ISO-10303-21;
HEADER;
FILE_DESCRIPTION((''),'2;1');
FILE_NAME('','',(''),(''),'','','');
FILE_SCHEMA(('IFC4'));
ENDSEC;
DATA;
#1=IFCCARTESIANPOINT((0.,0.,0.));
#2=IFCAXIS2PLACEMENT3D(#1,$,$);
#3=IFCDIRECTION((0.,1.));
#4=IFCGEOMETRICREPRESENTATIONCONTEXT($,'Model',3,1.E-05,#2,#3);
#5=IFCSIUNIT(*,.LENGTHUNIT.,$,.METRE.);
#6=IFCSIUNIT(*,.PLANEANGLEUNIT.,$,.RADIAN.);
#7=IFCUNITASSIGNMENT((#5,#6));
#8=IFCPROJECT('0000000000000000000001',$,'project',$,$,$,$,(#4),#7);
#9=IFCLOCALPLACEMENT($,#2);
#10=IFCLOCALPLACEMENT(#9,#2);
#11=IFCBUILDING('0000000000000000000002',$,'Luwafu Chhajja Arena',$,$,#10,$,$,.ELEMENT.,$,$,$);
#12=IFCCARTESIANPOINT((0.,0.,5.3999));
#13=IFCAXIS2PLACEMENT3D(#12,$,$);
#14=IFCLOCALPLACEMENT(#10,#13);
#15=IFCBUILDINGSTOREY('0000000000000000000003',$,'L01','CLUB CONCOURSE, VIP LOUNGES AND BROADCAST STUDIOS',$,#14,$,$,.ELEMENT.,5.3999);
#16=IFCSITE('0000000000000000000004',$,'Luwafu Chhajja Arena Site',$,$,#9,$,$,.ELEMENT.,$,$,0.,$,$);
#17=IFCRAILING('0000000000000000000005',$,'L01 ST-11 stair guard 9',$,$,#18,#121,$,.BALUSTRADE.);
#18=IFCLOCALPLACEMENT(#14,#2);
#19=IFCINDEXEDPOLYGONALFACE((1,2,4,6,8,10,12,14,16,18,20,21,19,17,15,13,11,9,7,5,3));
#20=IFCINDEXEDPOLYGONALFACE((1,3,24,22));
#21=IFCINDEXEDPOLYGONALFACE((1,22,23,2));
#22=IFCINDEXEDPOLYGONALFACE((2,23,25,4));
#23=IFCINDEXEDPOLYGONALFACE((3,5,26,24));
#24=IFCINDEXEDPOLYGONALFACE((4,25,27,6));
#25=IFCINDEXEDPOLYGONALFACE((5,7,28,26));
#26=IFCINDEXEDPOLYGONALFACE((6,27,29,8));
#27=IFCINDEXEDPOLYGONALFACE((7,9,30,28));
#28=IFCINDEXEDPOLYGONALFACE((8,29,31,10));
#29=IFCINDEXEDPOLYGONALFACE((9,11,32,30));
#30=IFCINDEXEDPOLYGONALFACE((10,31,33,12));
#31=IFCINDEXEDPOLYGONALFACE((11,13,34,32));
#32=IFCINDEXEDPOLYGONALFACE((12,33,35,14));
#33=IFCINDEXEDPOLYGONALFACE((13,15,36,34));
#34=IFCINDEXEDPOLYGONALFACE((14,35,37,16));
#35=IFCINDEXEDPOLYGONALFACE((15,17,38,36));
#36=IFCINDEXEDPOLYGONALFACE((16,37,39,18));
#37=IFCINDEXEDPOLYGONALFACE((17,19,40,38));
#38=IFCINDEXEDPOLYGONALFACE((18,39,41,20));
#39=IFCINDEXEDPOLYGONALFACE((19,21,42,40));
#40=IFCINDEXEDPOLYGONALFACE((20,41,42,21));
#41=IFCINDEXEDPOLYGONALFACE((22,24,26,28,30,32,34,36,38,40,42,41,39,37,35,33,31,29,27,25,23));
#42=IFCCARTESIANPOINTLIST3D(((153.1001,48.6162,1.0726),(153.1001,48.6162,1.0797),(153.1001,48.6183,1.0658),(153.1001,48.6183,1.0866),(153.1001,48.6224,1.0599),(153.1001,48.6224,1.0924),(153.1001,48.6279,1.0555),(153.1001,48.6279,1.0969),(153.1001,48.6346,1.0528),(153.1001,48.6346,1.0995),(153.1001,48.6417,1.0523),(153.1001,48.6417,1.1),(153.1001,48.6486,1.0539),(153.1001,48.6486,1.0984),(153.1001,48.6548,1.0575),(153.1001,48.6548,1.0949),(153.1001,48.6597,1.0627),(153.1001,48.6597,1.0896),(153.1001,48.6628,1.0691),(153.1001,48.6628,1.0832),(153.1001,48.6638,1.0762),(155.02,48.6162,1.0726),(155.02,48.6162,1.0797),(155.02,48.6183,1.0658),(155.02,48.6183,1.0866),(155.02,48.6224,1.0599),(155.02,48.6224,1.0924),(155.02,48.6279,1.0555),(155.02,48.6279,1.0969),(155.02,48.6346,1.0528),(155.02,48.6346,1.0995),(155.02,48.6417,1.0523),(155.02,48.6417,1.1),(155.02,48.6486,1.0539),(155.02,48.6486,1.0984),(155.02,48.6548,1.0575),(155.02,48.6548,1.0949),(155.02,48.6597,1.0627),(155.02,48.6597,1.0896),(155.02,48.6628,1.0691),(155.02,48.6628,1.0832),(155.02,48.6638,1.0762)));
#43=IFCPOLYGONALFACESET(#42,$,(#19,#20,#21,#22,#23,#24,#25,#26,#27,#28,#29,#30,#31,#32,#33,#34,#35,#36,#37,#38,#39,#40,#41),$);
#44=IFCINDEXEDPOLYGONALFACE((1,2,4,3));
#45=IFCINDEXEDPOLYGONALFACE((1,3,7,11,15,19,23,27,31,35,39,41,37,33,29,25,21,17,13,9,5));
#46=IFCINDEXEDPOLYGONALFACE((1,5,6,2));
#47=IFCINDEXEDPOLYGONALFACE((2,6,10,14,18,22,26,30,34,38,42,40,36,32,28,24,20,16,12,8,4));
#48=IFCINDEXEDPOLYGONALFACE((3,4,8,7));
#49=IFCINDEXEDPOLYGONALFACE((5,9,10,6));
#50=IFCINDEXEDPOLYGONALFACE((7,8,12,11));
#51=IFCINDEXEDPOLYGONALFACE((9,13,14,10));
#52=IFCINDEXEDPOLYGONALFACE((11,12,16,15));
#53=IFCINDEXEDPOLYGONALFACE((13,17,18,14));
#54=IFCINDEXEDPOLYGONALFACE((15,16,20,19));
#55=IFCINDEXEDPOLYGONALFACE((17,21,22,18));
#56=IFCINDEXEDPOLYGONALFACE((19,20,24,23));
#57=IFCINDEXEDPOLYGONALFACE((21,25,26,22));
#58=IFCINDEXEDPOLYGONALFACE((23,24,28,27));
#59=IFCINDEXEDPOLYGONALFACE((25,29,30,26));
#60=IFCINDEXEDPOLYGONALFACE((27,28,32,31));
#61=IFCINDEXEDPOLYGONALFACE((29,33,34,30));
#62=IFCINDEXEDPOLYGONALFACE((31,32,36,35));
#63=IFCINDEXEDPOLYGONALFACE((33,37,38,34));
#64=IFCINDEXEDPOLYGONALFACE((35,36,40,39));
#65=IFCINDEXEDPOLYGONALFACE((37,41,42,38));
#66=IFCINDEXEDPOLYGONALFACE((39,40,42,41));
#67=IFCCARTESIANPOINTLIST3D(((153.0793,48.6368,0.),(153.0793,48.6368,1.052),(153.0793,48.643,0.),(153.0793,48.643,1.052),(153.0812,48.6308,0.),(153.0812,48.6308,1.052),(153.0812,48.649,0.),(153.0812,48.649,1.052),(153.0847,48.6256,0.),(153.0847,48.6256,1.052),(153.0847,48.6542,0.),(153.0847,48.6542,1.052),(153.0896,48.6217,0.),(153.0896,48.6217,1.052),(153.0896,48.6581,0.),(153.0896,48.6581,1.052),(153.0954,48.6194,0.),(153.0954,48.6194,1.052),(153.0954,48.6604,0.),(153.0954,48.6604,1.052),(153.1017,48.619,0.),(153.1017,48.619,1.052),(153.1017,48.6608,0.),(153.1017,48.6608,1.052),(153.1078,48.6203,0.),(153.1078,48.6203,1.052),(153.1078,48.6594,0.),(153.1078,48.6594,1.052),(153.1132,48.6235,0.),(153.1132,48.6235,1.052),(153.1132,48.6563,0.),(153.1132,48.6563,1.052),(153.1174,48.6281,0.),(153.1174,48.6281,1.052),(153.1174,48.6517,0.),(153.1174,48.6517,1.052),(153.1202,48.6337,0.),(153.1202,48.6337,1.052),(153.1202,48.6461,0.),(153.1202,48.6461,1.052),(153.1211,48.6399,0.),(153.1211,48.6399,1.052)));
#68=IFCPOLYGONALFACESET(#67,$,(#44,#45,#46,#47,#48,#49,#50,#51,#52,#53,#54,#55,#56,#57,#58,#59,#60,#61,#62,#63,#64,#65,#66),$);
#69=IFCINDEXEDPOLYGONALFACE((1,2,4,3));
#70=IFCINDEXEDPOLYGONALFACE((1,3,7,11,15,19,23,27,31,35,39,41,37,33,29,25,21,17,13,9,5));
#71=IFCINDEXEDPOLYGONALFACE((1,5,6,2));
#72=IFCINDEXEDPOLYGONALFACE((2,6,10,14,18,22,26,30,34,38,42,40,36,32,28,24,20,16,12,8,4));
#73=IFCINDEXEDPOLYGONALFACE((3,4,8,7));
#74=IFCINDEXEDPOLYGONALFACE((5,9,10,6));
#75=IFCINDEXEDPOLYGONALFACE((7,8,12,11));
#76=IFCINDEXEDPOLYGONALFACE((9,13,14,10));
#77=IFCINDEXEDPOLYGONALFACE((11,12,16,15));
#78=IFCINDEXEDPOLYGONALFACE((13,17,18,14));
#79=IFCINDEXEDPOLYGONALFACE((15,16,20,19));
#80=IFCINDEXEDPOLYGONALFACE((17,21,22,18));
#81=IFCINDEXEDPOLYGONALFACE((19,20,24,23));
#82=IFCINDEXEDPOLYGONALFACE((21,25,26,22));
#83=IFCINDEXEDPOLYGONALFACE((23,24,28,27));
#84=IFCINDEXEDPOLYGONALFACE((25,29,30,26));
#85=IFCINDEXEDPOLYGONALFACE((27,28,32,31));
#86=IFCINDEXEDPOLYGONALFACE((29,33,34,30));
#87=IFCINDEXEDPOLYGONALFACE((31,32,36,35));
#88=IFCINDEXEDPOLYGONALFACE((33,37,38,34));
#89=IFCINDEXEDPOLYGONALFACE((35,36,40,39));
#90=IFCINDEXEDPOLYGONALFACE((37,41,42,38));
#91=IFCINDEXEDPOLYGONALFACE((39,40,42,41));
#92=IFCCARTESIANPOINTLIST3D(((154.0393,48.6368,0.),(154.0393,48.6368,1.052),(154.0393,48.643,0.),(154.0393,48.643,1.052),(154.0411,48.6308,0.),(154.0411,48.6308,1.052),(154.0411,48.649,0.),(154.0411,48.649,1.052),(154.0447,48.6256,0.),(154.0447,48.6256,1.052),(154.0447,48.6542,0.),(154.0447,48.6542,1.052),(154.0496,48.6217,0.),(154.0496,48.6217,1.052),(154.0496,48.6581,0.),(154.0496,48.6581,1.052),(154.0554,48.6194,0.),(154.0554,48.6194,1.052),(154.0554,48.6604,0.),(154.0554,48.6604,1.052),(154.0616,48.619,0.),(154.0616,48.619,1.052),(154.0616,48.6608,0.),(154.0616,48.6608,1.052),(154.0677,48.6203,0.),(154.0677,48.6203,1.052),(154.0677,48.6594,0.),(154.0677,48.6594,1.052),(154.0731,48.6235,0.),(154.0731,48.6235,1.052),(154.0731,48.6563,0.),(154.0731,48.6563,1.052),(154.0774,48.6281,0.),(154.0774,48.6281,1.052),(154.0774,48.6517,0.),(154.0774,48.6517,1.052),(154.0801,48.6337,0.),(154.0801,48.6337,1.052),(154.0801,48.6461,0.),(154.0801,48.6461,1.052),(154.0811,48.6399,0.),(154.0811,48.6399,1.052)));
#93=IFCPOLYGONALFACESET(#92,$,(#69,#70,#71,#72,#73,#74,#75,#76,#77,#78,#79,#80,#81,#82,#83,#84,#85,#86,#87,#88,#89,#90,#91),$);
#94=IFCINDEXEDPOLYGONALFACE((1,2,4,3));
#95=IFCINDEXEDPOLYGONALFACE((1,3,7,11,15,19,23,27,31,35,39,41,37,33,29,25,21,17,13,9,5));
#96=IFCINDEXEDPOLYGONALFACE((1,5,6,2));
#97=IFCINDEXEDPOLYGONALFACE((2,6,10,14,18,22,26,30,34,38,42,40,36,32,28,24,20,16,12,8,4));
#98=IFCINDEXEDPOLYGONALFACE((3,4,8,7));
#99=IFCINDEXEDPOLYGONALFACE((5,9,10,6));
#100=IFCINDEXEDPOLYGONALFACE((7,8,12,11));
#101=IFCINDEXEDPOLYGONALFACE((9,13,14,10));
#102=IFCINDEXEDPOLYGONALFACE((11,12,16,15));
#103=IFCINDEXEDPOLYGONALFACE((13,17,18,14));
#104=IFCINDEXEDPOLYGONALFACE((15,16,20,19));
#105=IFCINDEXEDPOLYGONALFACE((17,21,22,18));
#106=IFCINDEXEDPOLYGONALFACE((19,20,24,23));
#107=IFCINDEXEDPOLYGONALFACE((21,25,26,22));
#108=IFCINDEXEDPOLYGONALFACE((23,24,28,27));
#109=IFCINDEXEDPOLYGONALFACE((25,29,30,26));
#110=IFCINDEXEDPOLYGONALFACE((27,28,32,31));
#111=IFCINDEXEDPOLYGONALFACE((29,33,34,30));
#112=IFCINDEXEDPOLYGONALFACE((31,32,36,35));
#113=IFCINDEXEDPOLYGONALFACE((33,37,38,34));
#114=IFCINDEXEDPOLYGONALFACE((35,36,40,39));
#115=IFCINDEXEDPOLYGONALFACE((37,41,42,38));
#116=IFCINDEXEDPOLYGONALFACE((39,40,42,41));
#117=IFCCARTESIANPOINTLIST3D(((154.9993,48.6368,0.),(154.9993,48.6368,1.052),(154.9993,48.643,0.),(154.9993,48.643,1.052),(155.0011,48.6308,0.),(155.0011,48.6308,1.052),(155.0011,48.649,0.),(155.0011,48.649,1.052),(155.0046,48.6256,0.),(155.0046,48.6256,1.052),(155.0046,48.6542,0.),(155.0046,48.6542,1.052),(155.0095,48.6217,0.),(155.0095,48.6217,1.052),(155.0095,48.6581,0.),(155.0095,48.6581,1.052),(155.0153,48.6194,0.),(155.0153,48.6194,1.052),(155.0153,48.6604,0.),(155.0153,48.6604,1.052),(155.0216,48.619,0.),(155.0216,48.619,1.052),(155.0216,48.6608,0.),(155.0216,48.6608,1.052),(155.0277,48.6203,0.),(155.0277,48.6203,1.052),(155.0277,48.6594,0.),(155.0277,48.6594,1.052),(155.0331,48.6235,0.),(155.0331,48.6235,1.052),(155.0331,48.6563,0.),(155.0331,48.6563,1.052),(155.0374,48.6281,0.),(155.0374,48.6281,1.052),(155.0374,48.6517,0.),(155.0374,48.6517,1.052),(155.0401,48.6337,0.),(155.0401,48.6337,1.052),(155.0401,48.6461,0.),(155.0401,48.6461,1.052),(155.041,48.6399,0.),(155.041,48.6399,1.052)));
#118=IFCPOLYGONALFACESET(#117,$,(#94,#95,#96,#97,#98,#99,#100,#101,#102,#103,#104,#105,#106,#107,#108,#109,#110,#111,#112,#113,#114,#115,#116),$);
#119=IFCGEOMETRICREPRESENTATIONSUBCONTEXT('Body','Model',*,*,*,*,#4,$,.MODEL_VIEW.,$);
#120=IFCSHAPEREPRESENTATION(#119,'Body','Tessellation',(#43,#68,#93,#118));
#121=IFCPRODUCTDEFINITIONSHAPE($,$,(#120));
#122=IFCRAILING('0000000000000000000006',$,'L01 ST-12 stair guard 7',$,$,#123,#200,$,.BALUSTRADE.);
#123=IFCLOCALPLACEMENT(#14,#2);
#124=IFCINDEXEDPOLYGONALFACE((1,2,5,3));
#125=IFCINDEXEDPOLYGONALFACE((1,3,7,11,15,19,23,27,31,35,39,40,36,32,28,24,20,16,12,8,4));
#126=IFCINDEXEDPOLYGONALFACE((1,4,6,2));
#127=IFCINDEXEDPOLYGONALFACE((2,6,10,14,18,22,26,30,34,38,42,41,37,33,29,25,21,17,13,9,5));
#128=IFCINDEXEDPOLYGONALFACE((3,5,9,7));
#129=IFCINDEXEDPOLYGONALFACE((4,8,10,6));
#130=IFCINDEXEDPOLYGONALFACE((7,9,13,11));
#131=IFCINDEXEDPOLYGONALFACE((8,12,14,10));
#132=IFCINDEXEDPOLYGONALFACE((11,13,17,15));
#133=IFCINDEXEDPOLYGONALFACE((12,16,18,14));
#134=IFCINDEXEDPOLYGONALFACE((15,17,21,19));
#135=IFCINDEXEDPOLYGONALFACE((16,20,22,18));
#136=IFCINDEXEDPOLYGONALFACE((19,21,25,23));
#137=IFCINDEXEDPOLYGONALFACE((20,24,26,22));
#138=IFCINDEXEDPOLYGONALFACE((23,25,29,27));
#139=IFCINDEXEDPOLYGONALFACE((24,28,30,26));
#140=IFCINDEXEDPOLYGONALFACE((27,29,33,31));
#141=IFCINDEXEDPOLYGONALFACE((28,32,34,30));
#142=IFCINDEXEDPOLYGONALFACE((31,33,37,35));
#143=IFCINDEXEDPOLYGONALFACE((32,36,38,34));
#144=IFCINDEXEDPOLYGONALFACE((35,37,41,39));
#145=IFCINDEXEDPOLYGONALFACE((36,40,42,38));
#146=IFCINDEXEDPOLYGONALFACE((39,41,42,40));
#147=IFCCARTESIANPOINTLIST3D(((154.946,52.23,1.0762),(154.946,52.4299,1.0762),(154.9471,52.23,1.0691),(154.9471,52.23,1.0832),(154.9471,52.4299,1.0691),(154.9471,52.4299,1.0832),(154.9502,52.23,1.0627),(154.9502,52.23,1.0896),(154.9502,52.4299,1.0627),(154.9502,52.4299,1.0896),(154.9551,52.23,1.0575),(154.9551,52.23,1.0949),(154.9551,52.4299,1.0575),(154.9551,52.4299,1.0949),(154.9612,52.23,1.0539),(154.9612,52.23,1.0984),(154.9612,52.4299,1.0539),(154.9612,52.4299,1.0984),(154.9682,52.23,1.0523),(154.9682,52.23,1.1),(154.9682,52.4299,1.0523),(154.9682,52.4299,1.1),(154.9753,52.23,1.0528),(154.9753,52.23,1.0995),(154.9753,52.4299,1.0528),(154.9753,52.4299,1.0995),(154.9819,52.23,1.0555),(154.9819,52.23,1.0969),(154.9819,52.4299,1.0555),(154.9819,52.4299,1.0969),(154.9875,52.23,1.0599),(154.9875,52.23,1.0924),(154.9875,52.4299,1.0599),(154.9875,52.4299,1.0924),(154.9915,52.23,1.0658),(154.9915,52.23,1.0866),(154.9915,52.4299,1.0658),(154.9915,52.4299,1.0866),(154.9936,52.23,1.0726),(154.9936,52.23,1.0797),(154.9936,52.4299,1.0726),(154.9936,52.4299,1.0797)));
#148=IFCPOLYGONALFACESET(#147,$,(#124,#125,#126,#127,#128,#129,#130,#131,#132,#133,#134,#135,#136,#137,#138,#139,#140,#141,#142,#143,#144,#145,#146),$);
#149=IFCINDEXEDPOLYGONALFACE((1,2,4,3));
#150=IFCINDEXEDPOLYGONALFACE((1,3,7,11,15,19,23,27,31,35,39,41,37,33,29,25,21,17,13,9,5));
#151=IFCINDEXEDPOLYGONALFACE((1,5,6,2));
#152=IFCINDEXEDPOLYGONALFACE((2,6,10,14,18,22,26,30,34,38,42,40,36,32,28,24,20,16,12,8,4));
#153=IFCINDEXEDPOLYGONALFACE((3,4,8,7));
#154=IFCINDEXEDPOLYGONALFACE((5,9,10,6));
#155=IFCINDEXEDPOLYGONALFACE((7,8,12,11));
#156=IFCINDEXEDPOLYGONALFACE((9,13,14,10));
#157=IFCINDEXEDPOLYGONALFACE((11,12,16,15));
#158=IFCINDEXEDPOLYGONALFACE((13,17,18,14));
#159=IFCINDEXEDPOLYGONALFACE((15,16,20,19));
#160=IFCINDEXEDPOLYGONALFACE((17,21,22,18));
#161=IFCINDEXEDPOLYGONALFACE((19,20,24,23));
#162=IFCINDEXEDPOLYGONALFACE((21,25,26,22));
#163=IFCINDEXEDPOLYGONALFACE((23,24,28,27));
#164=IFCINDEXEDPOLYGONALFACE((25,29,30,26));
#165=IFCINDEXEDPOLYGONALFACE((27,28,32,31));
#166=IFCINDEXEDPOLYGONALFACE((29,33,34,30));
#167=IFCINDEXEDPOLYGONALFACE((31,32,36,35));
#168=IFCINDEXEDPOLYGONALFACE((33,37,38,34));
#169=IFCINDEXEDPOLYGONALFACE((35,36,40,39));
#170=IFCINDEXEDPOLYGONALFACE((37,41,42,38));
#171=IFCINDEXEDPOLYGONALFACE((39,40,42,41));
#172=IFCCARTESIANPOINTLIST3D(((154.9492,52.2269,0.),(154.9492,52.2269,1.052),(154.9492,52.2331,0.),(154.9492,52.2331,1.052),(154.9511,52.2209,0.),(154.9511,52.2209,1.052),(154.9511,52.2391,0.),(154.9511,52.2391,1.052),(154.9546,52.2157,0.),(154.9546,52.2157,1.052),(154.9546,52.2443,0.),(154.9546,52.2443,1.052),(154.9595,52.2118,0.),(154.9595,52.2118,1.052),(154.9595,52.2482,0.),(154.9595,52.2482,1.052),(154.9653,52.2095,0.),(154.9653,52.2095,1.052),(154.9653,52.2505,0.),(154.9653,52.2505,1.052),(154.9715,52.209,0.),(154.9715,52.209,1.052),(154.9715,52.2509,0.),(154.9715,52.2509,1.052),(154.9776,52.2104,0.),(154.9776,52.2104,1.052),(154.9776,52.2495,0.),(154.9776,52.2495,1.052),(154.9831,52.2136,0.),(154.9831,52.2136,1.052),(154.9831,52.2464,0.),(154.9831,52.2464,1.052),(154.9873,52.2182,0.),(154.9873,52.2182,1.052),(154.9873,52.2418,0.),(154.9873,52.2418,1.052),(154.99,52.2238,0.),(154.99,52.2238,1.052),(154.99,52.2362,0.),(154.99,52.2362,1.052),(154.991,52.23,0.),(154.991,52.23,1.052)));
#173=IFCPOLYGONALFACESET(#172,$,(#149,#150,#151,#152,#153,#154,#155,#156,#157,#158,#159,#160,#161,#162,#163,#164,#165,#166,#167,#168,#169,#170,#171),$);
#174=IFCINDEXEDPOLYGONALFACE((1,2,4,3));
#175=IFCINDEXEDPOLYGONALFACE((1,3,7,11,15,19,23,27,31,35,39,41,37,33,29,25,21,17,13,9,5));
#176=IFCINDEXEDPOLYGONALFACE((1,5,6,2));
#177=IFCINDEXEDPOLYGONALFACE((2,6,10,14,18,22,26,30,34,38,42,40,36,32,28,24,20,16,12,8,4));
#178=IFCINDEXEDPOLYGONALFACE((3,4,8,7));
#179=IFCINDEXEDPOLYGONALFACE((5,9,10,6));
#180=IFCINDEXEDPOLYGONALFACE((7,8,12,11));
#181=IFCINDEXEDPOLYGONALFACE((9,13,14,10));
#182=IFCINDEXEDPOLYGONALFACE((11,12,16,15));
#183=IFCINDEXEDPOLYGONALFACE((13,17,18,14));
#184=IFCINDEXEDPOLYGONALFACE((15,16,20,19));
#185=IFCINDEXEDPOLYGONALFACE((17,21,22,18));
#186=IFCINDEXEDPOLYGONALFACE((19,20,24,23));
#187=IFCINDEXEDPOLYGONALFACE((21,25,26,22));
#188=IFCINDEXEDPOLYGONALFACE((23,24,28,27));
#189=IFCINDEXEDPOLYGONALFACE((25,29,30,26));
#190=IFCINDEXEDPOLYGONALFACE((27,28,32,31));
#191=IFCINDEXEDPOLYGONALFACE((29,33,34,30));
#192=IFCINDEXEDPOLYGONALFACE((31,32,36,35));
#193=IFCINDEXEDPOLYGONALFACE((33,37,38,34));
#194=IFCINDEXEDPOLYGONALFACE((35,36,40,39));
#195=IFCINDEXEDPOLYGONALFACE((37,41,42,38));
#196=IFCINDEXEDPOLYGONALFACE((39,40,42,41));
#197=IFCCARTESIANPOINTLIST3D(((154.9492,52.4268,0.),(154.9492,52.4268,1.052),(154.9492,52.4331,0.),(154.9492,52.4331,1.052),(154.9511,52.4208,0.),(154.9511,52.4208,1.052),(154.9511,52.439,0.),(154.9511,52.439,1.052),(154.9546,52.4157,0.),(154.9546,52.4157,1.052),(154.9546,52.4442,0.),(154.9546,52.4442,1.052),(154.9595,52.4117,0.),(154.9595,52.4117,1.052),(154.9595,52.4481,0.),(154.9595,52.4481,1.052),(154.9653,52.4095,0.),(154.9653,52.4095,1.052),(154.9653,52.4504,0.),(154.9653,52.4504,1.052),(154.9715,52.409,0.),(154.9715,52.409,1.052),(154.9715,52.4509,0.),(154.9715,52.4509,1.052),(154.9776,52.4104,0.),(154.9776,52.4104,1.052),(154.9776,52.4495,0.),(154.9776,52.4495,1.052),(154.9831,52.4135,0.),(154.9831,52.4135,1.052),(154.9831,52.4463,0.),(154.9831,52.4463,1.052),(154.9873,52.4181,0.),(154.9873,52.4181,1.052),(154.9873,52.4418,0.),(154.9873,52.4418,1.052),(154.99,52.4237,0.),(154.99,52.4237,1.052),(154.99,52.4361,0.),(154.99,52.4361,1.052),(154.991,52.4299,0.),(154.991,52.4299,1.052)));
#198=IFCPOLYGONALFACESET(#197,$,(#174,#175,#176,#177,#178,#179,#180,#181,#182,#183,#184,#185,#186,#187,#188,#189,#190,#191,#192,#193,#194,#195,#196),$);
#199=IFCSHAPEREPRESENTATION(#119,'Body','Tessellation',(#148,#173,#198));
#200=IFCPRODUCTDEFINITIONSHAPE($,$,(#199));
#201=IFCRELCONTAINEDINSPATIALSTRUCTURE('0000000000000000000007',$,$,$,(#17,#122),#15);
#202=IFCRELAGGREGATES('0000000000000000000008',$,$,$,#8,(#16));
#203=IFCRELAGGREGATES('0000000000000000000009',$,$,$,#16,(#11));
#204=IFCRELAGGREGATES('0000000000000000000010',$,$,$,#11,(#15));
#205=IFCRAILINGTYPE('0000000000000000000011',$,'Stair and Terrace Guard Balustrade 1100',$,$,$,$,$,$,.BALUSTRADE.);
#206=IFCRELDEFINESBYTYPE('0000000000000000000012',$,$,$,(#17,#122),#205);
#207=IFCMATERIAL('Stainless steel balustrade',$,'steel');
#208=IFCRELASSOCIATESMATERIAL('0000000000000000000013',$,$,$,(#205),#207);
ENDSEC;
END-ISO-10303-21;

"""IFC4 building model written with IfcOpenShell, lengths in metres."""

from ifc_helpers import new_model, si_unit, direction, frame, origin, origin_2d, place, context, subcontext, project, spatial, circle, extrude, material, type_object, element, save


model = new_model("IFC4")

# Units and contexts
model_context = context("Model", 3, precision=1e-05, world=origin(), true_north=direction((0.0, 1.0)))
body_context = subcontext(model_context, "Body", "Model", "MODEL_VIEW")
ifc_project = project(units=[si_unit("LENGTHUNIT", "METRE"), si_unit("PLANEANGLEUNIT", "RADIAN")], contexts=[model_context])

# Site, building, storey
site_placement = place(None, origin())
site = spatial("IfcSite", under=ifc_project, at=site_placement, Name="Luwafu Chhajja Arena Site", CompositionType="ELEMENT", RefElevation=0.0)
building_placement = place(site_placement, origin())
building = spatial("IfcBuilding", under=site, at=building_placement, Name="Luwafu Chhajja Arena", CompositionType="ELEMENT")
storey_placement = place(building_placement, frame((0.0, 0.0, 5.3999)))
storey = spatial("IfcBuildingStorey", under=building, at=storey_placement, Name="L01", Description="CLUB CONCOURSE, VIP LOUNGES AND BROADCAST STUDIOS", CompositionType="ELEMENT", Elevation=5.3999)

# Railings
ifc_material_1 = material(Name="Stainless steel balustrade", Category="steel")
railing_type_1 = type_object("IfcRailingType", Name="Stair and Terrace Guard Balustrade 1100", PredefinedType="BALUSTRADE", material=ifc_material_1)
for number, where, name in (
    (1, (153.1001, 48.6399, 0.0), "L01 ST-11 stair guard 9"),
):
    element("IfcRailing", number, at=place(storey_placement, frame(where)), inside=storey, type_object=railing_type_1, Name=name, PredefinedType="BALUSTRADE", context=body_context, shape_type="SweptSolid", body=[
        extrude(circle(Radius=0.0239, at=origin_2d()), frame((0.0, 0.0, 1.0762), z_axis=(1.0, 0.0, 0.0), x_axis=(0.0, 1.0, 0.0)), (0.0, 0.0, 1.0), 1.9199),
        extrude(circle(Radius=0.021, at=origin_2d()), origin(), (0.0, 0.0, 1.0), 1.052),
        extrude(circle(Radius=0.021, at=origin_2d()), frame((0.96, 0.0, 0.0)), (0.0, 0.0, 1.0), 1.052),
        extrude(circle(Radius=0.021, at=origin_2d()), frame((1.9199, 0.0, 0.0)), (0.0, 0.0, 1.0), 1.052),
    ])
railing_1_placement = place(storey_placement, frame((154.97, 52.23, 0.0)))
element("IfcRailing", 2, at=railing_1_placement, inside=storey, type_object=railing_type_1, Name="L01 ST-12 stair guard 7", PredefinedType="BALUSTRADE", context=body_context, shape_type="SweptSolid", body=[
    extrude(circle(Radius=0.0239, at=origin_2d()), frame((0.0, 0.0, 1.0762), z_axis=(0.0, 1.0, 0.0), x_axis=(-1.0, 0.0, 0.0)), (0.0, 0.0, 1.0), 0.2),
    extrude(circle(Radius=0.021, at=origin_2d()), origin(), (0.0, 0.0, 1.0), 1.052),
    extrude(circle(Radius=0.021, at=origin_2d()), frame((0.0, 0.2, 0.0)), (0.0, 0.0, 1.0), 1.052),
])

save(model, "model.ifc")
